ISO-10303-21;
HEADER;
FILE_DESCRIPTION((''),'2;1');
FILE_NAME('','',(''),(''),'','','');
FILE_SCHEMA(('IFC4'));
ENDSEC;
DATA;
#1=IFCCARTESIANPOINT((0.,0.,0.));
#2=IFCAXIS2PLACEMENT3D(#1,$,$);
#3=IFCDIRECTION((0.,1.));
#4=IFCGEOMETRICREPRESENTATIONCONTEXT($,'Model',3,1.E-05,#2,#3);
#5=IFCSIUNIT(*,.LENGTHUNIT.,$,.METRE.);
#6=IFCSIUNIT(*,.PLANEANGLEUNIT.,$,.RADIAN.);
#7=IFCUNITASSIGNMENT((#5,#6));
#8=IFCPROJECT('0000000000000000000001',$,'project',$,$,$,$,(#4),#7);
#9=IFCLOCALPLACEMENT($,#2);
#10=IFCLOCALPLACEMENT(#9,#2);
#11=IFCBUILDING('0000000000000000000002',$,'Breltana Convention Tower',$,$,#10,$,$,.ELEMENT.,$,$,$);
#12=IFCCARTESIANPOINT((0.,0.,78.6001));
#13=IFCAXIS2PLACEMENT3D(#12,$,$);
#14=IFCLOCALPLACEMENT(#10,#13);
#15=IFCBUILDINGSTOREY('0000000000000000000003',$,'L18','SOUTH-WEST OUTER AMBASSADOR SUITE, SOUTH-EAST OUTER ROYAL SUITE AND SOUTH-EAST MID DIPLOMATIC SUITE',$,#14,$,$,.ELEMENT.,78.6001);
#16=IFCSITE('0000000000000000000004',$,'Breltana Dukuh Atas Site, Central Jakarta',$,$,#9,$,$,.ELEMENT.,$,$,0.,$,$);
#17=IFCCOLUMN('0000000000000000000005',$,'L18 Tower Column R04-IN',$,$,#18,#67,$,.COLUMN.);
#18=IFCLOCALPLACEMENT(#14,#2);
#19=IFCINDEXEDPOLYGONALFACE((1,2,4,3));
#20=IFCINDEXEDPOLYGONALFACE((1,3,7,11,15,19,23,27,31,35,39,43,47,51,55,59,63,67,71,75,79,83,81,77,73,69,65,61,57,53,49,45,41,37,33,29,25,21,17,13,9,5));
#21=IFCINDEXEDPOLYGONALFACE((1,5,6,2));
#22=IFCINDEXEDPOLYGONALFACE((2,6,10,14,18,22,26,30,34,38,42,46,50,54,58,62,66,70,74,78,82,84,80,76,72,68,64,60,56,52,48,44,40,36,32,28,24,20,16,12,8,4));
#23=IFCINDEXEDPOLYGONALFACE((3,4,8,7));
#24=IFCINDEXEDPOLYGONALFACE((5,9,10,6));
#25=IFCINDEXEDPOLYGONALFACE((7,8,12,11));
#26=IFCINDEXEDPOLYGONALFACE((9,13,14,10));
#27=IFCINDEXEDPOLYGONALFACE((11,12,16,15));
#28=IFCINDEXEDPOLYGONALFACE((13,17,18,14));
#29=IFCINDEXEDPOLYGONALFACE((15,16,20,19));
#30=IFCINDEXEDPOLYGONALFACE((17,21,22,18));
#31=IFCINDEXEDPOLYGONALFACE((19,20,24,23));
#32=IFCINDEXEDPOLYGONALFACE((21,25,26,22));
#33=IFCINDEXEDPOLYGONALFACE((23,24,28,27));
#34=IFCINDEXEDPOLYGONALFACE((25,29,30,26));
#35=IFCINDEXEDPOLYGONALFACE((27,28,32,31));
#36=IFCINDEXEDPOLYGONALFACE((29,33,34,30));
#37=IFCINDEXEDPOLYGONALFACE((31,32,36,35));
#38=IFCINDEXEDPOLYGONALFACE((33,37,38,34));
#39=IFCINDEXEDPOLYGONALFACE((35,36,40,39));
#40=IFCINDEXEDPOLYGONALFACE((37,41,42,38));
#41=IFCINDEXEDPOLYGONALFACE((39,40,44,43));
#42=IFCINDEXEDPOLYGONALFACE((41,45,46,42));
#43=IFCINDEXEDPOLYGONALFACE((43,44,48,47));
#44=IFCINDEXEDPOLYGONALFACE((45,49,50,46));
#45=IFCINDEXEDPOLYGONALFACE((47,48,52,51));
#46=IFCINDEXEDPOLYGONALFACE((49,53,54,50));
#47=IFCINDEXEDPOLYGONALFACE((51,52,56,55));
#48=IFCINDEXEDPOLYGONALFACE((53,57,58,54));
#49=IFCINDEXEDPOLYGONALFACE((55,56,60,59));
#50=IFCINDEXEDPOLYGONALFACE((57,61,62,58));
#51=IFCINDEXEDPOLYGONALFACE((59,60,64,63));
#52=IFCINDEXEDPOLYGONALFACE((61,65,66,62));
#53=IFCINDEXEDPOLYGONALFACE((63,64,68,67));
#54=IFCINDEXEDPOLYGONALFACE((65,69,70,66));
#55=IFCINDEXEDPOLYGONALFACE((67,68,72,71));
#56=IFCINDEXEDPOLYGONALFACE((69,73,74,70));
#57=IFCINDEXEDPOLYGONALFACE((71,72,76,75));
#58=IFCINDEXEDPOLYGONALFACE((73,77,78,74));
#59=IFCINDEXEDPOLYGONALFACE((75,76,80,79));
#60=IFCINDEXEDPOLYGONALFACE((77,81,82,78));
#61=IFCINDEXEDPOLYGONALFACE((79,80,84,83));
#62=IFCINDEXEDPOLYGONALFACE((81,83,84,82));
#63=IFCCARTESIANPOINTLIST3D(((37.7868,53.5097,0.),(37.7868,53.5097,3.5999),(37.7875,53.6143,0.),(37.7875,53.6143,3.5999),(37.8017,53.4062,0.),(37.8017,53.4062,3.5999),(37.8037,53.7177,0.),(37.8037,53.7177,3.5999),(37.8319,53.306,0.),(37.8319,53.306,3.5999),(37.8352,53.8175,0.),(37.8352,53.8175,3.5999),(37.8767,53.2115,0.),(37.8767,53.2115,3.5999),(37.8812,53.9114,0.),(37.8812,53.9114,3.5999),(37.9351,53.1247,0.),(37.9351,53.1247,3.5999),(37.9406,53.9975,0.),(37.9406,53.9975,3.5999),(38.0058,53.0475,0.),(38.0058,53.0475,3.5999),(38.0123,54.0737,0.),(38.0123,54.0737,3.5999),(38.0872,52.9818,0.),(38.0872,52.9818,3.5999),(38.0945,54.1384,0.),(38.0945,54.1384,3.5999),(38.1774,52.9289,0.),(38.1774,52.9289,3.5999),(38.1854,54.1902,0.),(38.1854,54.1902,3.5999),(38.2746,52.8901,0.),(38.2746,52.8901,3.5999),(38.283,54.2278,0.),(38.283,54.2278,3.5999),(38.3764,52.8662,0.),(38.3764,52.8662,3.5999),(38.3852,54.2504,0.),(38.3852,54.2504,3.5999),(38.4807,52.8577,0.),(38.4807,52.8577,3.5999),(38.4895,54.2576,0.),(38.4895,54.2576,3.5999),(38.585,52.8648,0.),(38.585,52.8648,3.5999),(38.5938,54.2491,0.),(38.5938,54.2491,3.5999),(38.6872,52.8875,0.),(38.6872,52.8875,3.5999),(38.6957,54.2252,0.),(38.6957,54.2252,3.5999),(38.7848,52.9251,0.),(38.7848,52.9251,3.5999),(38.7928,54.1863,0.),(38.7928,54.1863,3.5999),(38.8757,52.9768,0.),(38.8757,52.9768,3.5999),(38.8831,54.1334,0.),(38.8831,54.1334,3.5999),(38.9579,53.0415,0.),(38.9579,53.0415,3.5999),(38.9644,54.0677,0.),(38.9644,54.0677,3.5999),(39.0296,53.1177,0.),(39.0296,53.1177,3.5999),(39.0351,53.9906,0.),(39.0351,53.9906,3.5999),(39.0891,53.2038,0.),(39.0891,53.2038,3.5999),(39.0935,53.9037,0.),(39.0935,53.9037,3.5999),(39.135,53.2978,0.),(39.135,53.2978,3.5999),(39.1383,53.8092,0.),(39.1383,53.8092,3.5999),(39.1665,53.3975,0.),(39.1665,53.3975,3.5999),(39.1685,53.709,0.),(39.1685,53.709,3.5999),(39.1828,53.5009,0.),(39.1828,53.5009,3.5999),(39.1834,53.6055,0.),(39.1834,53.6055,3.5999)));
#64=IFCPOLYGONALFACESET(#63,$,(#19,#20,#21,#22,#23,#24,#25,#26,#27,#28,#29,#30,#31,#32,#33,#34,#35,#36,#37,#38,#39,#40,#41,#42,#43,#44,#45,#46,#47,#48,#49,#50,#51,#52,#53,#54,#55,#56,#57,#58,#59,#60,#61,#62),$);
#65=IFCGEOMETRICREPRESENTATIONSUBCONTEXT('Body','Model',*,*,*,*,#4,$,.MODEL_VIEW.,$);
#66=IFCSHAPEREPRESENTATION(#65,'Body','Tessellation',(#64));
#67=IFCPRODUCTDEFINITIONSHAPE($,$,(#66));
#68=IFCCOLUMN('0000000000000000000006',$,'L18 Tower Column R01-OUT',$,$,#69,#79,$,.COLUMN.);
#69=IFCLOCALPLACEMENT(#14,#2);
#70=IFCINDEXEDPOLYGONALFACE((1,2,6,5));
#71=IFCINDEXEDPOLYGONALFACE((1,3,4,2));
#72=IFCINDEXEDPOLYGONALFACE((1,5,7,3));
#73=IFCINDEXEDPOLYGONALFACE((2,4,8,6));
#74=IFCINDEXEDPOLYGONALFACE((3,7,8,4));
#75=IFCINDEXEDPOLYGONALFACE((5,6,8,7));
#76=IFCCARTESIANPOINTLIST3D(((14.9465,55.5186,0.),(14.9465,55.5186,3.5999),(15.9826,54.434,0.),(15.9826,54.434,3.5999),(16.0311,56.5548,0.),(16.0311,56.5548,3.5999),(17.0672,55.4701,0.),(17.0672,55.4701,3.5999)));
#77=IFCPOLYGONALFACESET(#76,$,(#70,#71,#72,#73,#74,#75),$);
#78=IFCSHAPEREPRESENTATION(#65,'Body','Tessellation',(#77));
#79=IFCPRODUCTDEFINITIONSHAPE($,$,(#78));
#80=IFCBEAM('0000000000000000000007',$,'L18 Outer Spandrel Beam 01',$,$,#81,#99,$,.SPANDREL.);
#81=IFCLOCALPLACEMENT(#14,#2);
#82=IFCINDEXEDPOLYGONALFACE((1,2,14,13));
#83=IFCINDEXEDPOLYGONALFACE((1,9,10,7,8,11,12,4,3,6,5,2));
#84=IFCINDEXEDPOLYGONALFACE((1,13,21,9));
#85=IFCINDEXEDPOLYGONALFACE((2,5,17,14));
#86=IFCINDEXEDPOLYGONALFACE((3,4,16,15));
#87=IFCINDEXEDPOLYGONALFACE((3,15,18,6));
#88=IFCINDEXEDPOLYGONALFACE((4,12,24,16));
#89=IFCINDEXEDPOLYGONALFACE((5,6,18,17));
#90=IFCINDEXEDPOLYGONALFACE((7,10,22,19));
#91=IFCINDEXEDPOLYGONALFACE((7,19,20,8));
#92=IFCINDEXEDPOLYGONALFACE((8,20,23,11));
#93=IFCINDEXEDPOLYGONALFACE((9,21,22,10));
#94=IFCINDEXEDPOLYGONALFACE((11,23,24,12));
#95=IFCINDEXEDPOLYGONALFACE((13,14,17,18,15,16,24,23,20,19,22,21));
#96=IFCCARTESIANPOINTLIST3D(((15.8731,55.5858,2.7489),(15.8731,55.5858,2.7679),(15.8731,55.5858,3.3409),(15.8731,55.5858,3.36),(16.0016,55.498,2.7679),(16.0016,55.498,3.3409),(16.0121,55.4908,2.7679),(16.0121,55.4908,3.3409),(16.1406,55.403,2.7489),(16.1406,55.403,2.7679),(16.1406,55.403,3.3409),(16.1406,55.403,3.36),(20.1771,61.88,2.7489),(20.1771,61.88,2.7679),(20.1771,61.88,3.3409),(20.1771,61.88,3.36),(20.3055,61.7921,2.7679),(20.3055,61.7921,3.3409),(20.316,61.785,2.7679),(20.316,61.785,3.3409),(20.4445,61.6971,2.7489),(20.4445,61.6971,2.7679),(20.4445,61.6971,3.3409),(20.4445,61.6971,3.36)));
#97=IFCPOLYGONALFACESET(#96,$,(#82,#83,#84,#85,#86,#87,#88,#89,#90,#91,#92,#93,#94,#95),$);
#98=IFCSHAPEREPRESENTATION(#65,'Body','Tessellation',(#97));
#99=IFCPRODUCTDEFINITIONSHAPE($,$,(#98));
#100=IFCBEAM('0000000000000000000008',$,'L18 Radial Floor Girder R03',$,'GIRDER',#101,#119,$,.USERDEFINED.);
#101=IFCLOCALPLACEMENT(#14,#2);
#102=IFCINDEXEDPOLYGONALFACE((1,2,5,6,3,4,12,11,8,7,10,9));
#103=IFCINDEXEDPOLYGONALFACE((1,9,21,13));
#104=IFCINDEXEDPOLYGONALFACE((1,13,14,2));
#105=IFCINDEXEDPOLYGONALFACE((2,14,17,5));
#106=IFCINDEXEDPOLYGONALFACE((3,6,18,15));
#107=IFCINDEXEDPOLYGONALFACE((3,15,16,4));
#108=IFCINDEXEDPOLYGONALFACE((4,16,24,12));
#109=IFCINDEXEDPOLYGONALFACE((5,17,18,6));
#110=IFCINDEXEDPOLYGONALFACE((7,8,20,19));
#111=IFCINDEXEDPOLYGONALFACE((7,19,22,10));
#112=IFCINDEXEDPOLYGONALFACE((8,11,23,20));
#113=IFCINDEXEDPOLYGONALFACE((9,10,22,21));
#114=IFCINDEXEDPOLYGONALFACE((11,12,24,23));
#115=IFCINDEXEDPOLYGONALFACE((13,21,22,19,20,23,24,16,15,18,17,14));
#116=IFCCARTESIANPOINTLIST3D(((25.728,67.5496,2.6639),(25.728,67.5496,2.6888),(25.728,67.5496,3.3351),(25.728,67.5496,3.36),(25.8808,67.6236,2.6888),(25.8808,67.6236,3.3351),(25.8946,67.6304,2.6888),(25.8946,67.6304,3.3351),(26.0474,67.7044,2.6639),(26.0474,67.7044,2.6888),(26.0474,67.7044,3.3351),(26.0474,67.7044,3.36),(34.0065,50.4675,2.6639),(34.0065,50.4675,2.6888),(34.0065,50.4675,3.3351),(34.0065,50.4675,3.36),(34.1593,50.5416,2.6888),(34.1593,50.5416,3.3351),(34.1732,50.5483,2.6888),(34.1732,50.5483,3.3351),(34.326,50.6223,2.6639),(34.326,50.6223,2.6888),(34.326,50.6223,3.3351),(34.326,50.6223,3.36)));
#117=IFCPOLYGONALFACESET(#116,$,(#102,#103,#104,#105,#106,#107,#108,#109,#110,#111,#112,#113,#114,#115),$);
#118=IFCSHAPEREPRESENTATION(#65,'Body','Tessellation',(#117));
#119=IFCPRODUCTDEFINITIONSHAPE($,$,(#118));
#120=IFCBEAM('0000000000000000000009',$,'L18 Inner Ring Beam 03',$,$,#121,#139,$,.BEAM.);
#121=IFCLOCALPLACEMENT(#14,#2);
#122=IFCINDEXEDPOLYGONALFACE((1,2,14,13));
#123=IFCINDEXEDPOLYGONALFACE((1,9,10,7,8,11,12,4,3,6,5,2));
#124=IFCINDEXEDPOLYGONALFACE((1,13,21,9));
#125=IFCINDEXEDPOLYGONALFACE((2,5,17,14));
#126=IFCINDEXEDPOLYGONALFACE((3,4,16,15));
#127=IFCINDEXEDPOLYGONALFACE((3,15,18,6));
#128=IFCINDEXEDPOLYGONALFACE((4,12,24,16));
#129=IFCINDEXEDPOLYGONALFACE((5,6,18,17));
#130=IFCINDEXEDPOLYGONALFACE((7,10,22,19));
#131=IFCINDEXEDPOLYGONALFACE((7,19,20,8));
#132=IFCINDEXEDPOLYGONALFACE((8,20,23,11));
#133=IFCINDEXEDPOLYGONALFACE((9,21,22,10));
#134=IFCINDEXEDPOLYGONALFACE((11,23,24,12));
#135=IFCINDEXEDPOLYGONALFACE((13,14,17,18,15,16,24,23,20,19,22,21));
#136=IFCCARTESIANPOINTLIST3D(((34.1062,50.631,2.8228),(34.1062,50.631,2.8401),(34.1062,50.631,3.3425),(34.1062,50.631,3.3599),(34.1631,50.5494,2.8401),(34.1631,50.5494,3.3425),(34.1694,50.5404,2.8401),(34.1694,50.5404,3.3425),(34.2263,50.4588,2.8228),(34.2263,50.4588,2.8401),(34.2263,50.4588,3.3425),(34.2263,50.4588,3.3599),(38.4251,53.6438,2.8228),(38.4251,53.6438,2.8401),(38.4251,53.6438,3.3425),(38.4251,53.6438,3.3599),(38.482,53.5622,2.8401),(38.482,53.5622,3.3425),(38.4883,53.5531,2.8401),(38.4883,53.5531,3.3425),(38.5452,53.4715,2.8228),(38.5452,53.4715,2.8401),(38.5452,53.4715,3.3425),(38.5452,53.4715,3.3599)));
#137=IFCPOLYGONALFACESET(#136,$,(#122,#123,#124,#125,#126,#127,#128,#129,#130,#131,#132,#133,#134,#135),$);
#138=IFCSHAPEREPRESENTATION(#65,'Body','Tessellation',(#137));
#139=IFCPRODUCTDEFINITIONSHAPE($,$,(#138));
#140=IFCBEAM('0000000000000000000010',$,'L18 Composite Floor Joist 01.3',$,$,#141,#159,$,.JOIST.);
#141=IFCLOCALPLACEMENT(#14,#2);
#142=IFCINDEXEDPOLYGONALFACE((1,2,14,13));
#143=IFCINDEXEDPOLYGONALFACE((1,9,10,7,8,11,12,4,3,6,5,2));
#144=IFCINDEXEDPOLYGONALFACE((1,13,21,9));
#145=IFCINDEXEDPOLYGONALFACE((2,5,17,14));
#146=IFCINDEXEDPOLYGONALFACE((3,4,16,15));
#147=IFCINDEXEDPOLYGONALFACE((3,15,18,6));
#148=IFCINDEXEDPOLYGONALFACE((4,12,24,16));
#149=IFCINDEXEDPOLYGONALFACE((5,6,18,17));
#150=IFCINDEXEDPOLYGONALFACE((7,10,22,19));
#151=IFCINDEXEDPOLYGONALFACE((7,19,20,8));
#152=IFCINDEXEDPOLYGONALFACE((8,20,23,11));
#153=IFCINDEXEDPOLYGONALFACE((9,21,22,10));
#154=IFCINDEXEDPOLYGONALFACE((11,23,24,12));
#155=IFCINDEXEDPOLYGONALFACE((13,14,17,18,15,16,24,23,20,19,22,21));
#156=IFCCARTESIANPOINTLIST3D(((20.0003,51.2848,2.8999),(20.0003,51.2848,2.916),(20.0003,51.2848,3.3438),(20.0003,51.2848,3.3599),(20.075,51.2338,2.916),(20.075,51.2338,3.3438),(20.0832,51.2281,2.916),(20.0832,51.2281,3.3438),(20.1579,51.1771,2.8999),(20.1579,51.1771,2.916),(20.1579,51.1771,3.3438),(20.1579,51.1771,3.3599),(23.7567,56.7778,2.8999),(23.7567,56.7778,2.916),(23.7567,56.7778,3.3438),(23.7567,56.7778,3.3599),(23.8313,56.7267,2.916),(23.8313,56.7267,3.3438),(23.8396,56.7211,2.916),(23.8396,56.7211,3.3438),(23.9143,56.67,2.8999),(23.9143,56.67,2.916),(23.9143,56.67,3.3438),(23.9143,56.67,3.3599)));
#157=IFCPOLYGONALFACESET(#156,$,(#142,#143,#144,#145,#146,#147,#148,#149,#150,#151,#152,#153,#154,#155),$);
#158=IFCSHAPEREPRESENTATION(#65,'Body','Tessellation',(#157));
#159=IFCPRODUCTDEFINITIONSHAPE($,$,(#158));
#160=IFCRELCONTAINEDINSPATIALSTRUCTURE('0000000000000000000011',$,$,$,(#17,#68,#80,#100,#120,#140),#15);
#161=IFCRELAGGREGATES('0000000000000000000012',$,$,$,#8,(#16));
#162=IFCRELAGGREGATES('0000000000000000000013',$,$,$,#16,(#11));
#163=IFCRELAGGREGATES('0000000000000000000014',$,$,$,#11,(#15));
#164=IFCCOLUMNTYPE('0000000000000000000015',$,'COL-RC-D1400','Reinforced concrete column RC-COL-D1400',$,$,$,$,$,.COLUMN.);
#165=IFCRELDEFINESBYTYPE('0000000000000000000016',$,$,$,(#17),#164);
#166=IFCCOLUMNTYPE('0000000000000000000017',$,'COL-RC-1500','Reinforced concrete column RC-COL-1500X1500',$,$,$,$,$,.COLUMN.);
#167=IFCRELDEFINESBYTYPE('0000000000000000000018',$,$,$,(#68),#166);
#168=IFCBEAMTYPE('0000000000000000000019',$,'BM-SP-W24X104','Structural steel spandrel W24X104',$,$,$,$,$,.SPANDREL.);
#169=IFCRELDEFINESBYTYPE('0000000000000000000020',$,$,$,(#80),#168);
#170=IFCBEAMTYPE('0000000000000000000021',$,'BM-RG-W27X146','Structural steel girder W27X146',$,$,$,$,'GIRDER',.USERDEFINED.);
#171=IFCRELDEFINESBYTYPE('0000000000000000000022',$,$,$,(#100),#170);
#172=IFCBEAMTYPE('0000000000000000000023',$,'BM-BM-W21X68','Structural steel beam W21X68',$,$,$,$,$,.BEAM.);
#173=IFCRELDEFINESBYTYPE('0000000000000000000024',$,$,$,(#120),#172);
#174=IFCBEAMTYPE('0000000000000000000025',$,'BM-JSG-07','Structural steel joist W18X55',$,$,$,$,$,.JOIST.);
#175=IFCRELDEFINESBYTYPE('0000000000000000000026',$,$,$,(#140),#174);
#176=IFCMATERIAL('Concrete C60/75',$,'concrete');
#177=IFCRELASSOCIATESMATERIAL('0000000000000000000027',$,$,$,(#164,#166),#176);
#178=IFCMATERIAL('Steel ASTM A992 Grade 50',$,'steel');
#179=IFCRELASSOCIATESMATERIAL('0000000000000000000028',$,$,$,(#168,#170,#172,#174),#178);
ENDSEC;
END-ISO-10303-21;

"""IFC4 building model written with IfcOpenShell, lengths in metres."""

from ifc_helpers import new_model, si_unit, direction, frame, origin, origin_2d, place, context, subcontext, project, spatial, rectangle, circle, i_section, extrude, source, transform, mapped, material, material_profile, profile_set, type_object, type_shapes, element, save


model = new_model("IFC4")

# Units and contexts
model_context = context("Model", 3, precision=1e-05, world=origin(), true_north=direction((0.0, 1.0)))
body_context = subcontext(model_context, "Body", "Model", "MODEL_VIEW")
ifc_project = project(units=[si_unit("LENGTHUNIT", "METRE"), si_unit("PLANEANGLEUNIT", "RADIAN")], contexts=[model_context])

# Site, building, storey
site_placement = place(None, origin())
site = spatial("IfcSite", under=ifc_project, at=site_placement, Name="Breltana Dukuh Atas Site, Central Jakarta", CompositionType="ELEMENT", RefElevation=0.0)
building_placement = place(site_placement, origin())
building = spatial("IfcBuilding", under=site, at=building_placement, Name="Breltana Convention Tower", CompositionType="ELEMENT")
storey_placement = place(building_placement, frame((0.0, 0.0, 78.6001)))
storey = spatial("IfcBuildingStorey", under=building, at=storey_placement, Name="L18", Description="SOUTH-WEST OUTER AMBASSADOR SUITE, SOUTH-EAST OUTER ROYAL SUITE AND SOUTH-EAST MID DIPLOMATIC SUITE", CompositionType="ELEMENT", Elevation=78.6001)

# Columns
ifc_material_1 = material(Name="Concrete C60/75", Category="concrete")
ifc_material_profile_1 = material_profile(ifc_material_1, circle(Radius=0.7, at=origin_2d()), Name="RC-COL-D1400")
ifc_profile_set_1 = profile_set([ifc_material_profile_1], Name="Concrete C60/75")
column_type_1 = type_object("IfcColumnType", Name="COL-RC-D1400", Description="Reinforced concrete column RC-COL-D1400", PredefinedType="COLUMN", material=ifc_profile_set_1)
shared_shape_1 = source(origin(), body_context, "Body", "SweptSolid", [
    extrude(circle(Radius=0.7, at=origin_2d()), origin(), (0.0, 0.0, 1.0), 3.5999),
])
for number, where, z_axis, x_axis, name in (
    (1, (38.4851, 53.5576, 0.0), (0.0, 0.0, 1.0), (-0.288698, 0.95742, 0.0), "L18 Tower Column R04-IN"),
):
    element("IfcColumn", number, at=place(storey_placement, frame(where, z_axis=z_axis, x_axis=x_axis)), inside=storey, type_object=column_type_1, Name=name, PredefinedType="COLUMN", context=body_context, shape_type="MappedRepresentation", body=[
        mapped(shared_shape_1, transform((0.0, 0.0, 0.0), scale=1.0)),
    ])
ifc_material_profile_2 = material_profile(ifc_material_1, rectangle(XDim=1.5, YDim=1.5, at=origin_2d()), Name="RC-COL-1500X1500")
ifc_profile_set_2 = profile_set([ifc_material_profile_2], Name="Concrete C60/75")
column_type_2 = type_object("IfcColumnType", Name="COL-RC-1500", Description="Reinforced concrete column RC-COL-1500X1500", PredefinedType="COLUMN", material=ifc_profile_set_2)
shared_shape_2 = source(origin(), body_context, "Body", "SweptSolid", [
    extrude(rectangle(XDim=1.5, YDim=1.5, at=origin_2d()), origin(), (0.0, 0.0, 1.0), 3.5999),
])
column_placement = place(storey_placement, frame((16.0068, 55.4944, 0.0), z_axis=(0.0, 0.0, 1.0), x_axis=(-0.690756, 0.723088, 0.0)))
element("IfcColumn", 2, at=column_placement, inside=storey, type_object=column_type_2, Name="L18 Tower Column R01-OUT", PredefinedType="COLUMN", context=body_context, shape_type="MappedRepresentation", body=[
    mapped(shared_shape_2, transform((0.0, 0.0, 0.0), scale=1.0)),
])

# Beams
ifc_material_2 = material(Name="Steel ASTM A992 Grade 50", Category="steel")
ifc_material_profile_3 = material_profile(ifc_material_2, i_section(OverallWidth=0.324, OverallDepth=0.6111, WebThickness=0.0127, FlangeThickness=0.019, at=origin_2d()), Name="W24X104")
ifc_profile_set_3 = profile_set([ifc_material_profile_3], Name="Steel ASTM A992 Grade 50")
beam_type_1 = type_object("IfcBeamType", Name="BM-SP-W24X104", Description="Structural steel spandrel W24X104", PredefinedType="SPANDREL", material=ifc_profile_set_3)
shared_shape_3 = source(origin(), body_context, "Body", "SweptSolid", [
    extrude(i_section(OverallWidth=0.324, OverallDepth=0.6111, WebThickness=0.0127, FlangeThickness=0.019, at=origin_2d()), origin(), (0.0, 0.0, 1.0), 7.625),
])
type_shapes(beam_type_1, [shared_shape_3])
beam_1_placement = place(storey_placement, frame((16.0068, 55.4944, 3.0544), z_axis=(0.564452, 0.825466, 0.0), x_axis=(-0.825466, 0.564452, 0.0)))
element("IfcBeam", 3, at=beam_1_placement, inside=storey, type_object=beam_type_1, Name="L18 Outer Spandrel Beam 01", PredefinedType="SPANDREL", context=body_context, shape_type="MappedRepresentation", body=[
    mapped(shared_shape_3, transform((0.0, 0.0, 0.0), scale=1.0)),
])
ifc_material_profile_4 = material_profile(ifc_material_2, i_section(OverallWidth=0.355, OverallDepth=0.696, WebThickness=0.0154, FlangeThickness=0.0249, at=origin_2d()), Name="W27X146")
ifc_profile_set_4 = profile_set([ifc_material_profile_4], Name="Steel ASTM A992 Grade 50")
beam_type_2 = type_object("IfcBeamType", Name="BM-RG-W27X146", Description="Structural steel girder W27X146", ElementType="GIRDER", PredefinedType="USERDEFINED", material=ifc_profile_set_4)
shared_shape_4 = source(origin(), body_context, "Body", "SweptSolid", [
    extrude(i_section(OverallWidth=0.355, OverallDepth=0.696, WebThickness=0.0154, FlangeThickness=0.0249, at=origin_2d()), origin(), (0.0, 0.0, 1.0), 18.9824),
])
beam_2_placement = place(storey_placement, frame((34.1663, 50.5449, 3.012), z_axis=(-0.436119, 0.899889, 0.0), x_axis=(-0.899889, -0.436119, 0.0)))
element("IfcBeam", 4, at=beam_2_placement, inside=storey, type_object=beam_type_2, Name="L18 Radial Floor Girder R03", ObjectType="GIRDER", PredefinedType="USERDEFINED", context=body_context, shape_type="MappedRepresentation", body=[
    mapped(shared_shape_4, transform((0.0, 0.0, 0.0), scale=1.0)),
])
ifc_material_profile_5 = material_profile(ifc_material_2, i_section(OverallWidth=0.21, OverallDepth=0.5371, WebThickness=0.011, FlangeThickness=0.0173, at=origin_2d()), Name="W21X68")
ifc_profile_set_5 = profile_set([ifc_material_profile_5], Name="Steel ASTM A992 Grade 50")
beam_type_3 = type_object("IfcBeamType", Name="BM-BM-W21X68", Description="Structural steel beam W21X68", PredefinedType="BEAM", material=ifc_profile_set_5)
shared_shape_5 = source(origin(), body_context, "Body", "SweptSolid", [
    extrude(i_section(OverallWidth=0.21, OverallDepth=0.5371, WebThickness=0.011, FlangeThickness=0.0173, at=origin_2d()), origin(), (0.0, 0.0, 1.0), 5.2659),
])
beam_3_placement = place(storey_placement, frame((34.1663, 50.5449, 3.0913), z_axis=(0.820167, 0.572124, 0.0), x_axis=(-0.572124, 0.820167, 0.0)))
element("IfcBeam", 5, at=beam_3_placement, inside=storey, type_object=beam_type_3, Name="L18 Inner Ring Beam 03", PredefinedType="BEAM", context=body_context, shape_type="MappedRepresentation", body=[
    mapped(shared_shape_5, transform((0.0, 0.0, 0.0), scale=1.0)),
])
ifc_material_profile_6 = material_profile(ifc_material_2, i_section(OverallWidth=0.1909, OverallDepth=0.46, WebThickness=0.01, FlangeThickness=0.0161, at=origin_2d()), Name="W18X55")
ifc_profile_set_6 = profile_set([ifc_material_profile_6], Name="Steel ASTM A992 Grade 50")
beam_type_4 = type_object("IfcBeamType", Name="BM-JSG-07", Description="Structural steel joist W18X55", PredefinedType="JOIST", material=ifc_profile_set_6)
shared_shape_6 = source(origin(), body_context, "Body", "SweptSolid", [
    extrude(i_section(OverallWidth=0.1909, OverallDepth=0.46, WebThickness=0.01, FlangeThickness=0.0161, at=origin_2d()), origin(), (0.0, 0.0, 1.0), 6.6545),
])
beam_4_placement = place(storey_placement, frame((20.0791, 51.231, 3.1299), z_axis=(0.564483, 0.825445, 0.0), x_axis=(-0.825445, 0.564483, 0.0)))
element("IfcBeam", 6, at=beam_4_placement, inside=storey, type_object=beam_type_4, Name="L18 Composite Floor Joist 01.3", PredefinedType="JOIST", context=body_context, shape_type="MappedRepresentation", body=[
    mapped(shared_shape_6, transform((0.0, 0.0, 0.0), scale=1.0)),
])

save(model, "model.ifc")
